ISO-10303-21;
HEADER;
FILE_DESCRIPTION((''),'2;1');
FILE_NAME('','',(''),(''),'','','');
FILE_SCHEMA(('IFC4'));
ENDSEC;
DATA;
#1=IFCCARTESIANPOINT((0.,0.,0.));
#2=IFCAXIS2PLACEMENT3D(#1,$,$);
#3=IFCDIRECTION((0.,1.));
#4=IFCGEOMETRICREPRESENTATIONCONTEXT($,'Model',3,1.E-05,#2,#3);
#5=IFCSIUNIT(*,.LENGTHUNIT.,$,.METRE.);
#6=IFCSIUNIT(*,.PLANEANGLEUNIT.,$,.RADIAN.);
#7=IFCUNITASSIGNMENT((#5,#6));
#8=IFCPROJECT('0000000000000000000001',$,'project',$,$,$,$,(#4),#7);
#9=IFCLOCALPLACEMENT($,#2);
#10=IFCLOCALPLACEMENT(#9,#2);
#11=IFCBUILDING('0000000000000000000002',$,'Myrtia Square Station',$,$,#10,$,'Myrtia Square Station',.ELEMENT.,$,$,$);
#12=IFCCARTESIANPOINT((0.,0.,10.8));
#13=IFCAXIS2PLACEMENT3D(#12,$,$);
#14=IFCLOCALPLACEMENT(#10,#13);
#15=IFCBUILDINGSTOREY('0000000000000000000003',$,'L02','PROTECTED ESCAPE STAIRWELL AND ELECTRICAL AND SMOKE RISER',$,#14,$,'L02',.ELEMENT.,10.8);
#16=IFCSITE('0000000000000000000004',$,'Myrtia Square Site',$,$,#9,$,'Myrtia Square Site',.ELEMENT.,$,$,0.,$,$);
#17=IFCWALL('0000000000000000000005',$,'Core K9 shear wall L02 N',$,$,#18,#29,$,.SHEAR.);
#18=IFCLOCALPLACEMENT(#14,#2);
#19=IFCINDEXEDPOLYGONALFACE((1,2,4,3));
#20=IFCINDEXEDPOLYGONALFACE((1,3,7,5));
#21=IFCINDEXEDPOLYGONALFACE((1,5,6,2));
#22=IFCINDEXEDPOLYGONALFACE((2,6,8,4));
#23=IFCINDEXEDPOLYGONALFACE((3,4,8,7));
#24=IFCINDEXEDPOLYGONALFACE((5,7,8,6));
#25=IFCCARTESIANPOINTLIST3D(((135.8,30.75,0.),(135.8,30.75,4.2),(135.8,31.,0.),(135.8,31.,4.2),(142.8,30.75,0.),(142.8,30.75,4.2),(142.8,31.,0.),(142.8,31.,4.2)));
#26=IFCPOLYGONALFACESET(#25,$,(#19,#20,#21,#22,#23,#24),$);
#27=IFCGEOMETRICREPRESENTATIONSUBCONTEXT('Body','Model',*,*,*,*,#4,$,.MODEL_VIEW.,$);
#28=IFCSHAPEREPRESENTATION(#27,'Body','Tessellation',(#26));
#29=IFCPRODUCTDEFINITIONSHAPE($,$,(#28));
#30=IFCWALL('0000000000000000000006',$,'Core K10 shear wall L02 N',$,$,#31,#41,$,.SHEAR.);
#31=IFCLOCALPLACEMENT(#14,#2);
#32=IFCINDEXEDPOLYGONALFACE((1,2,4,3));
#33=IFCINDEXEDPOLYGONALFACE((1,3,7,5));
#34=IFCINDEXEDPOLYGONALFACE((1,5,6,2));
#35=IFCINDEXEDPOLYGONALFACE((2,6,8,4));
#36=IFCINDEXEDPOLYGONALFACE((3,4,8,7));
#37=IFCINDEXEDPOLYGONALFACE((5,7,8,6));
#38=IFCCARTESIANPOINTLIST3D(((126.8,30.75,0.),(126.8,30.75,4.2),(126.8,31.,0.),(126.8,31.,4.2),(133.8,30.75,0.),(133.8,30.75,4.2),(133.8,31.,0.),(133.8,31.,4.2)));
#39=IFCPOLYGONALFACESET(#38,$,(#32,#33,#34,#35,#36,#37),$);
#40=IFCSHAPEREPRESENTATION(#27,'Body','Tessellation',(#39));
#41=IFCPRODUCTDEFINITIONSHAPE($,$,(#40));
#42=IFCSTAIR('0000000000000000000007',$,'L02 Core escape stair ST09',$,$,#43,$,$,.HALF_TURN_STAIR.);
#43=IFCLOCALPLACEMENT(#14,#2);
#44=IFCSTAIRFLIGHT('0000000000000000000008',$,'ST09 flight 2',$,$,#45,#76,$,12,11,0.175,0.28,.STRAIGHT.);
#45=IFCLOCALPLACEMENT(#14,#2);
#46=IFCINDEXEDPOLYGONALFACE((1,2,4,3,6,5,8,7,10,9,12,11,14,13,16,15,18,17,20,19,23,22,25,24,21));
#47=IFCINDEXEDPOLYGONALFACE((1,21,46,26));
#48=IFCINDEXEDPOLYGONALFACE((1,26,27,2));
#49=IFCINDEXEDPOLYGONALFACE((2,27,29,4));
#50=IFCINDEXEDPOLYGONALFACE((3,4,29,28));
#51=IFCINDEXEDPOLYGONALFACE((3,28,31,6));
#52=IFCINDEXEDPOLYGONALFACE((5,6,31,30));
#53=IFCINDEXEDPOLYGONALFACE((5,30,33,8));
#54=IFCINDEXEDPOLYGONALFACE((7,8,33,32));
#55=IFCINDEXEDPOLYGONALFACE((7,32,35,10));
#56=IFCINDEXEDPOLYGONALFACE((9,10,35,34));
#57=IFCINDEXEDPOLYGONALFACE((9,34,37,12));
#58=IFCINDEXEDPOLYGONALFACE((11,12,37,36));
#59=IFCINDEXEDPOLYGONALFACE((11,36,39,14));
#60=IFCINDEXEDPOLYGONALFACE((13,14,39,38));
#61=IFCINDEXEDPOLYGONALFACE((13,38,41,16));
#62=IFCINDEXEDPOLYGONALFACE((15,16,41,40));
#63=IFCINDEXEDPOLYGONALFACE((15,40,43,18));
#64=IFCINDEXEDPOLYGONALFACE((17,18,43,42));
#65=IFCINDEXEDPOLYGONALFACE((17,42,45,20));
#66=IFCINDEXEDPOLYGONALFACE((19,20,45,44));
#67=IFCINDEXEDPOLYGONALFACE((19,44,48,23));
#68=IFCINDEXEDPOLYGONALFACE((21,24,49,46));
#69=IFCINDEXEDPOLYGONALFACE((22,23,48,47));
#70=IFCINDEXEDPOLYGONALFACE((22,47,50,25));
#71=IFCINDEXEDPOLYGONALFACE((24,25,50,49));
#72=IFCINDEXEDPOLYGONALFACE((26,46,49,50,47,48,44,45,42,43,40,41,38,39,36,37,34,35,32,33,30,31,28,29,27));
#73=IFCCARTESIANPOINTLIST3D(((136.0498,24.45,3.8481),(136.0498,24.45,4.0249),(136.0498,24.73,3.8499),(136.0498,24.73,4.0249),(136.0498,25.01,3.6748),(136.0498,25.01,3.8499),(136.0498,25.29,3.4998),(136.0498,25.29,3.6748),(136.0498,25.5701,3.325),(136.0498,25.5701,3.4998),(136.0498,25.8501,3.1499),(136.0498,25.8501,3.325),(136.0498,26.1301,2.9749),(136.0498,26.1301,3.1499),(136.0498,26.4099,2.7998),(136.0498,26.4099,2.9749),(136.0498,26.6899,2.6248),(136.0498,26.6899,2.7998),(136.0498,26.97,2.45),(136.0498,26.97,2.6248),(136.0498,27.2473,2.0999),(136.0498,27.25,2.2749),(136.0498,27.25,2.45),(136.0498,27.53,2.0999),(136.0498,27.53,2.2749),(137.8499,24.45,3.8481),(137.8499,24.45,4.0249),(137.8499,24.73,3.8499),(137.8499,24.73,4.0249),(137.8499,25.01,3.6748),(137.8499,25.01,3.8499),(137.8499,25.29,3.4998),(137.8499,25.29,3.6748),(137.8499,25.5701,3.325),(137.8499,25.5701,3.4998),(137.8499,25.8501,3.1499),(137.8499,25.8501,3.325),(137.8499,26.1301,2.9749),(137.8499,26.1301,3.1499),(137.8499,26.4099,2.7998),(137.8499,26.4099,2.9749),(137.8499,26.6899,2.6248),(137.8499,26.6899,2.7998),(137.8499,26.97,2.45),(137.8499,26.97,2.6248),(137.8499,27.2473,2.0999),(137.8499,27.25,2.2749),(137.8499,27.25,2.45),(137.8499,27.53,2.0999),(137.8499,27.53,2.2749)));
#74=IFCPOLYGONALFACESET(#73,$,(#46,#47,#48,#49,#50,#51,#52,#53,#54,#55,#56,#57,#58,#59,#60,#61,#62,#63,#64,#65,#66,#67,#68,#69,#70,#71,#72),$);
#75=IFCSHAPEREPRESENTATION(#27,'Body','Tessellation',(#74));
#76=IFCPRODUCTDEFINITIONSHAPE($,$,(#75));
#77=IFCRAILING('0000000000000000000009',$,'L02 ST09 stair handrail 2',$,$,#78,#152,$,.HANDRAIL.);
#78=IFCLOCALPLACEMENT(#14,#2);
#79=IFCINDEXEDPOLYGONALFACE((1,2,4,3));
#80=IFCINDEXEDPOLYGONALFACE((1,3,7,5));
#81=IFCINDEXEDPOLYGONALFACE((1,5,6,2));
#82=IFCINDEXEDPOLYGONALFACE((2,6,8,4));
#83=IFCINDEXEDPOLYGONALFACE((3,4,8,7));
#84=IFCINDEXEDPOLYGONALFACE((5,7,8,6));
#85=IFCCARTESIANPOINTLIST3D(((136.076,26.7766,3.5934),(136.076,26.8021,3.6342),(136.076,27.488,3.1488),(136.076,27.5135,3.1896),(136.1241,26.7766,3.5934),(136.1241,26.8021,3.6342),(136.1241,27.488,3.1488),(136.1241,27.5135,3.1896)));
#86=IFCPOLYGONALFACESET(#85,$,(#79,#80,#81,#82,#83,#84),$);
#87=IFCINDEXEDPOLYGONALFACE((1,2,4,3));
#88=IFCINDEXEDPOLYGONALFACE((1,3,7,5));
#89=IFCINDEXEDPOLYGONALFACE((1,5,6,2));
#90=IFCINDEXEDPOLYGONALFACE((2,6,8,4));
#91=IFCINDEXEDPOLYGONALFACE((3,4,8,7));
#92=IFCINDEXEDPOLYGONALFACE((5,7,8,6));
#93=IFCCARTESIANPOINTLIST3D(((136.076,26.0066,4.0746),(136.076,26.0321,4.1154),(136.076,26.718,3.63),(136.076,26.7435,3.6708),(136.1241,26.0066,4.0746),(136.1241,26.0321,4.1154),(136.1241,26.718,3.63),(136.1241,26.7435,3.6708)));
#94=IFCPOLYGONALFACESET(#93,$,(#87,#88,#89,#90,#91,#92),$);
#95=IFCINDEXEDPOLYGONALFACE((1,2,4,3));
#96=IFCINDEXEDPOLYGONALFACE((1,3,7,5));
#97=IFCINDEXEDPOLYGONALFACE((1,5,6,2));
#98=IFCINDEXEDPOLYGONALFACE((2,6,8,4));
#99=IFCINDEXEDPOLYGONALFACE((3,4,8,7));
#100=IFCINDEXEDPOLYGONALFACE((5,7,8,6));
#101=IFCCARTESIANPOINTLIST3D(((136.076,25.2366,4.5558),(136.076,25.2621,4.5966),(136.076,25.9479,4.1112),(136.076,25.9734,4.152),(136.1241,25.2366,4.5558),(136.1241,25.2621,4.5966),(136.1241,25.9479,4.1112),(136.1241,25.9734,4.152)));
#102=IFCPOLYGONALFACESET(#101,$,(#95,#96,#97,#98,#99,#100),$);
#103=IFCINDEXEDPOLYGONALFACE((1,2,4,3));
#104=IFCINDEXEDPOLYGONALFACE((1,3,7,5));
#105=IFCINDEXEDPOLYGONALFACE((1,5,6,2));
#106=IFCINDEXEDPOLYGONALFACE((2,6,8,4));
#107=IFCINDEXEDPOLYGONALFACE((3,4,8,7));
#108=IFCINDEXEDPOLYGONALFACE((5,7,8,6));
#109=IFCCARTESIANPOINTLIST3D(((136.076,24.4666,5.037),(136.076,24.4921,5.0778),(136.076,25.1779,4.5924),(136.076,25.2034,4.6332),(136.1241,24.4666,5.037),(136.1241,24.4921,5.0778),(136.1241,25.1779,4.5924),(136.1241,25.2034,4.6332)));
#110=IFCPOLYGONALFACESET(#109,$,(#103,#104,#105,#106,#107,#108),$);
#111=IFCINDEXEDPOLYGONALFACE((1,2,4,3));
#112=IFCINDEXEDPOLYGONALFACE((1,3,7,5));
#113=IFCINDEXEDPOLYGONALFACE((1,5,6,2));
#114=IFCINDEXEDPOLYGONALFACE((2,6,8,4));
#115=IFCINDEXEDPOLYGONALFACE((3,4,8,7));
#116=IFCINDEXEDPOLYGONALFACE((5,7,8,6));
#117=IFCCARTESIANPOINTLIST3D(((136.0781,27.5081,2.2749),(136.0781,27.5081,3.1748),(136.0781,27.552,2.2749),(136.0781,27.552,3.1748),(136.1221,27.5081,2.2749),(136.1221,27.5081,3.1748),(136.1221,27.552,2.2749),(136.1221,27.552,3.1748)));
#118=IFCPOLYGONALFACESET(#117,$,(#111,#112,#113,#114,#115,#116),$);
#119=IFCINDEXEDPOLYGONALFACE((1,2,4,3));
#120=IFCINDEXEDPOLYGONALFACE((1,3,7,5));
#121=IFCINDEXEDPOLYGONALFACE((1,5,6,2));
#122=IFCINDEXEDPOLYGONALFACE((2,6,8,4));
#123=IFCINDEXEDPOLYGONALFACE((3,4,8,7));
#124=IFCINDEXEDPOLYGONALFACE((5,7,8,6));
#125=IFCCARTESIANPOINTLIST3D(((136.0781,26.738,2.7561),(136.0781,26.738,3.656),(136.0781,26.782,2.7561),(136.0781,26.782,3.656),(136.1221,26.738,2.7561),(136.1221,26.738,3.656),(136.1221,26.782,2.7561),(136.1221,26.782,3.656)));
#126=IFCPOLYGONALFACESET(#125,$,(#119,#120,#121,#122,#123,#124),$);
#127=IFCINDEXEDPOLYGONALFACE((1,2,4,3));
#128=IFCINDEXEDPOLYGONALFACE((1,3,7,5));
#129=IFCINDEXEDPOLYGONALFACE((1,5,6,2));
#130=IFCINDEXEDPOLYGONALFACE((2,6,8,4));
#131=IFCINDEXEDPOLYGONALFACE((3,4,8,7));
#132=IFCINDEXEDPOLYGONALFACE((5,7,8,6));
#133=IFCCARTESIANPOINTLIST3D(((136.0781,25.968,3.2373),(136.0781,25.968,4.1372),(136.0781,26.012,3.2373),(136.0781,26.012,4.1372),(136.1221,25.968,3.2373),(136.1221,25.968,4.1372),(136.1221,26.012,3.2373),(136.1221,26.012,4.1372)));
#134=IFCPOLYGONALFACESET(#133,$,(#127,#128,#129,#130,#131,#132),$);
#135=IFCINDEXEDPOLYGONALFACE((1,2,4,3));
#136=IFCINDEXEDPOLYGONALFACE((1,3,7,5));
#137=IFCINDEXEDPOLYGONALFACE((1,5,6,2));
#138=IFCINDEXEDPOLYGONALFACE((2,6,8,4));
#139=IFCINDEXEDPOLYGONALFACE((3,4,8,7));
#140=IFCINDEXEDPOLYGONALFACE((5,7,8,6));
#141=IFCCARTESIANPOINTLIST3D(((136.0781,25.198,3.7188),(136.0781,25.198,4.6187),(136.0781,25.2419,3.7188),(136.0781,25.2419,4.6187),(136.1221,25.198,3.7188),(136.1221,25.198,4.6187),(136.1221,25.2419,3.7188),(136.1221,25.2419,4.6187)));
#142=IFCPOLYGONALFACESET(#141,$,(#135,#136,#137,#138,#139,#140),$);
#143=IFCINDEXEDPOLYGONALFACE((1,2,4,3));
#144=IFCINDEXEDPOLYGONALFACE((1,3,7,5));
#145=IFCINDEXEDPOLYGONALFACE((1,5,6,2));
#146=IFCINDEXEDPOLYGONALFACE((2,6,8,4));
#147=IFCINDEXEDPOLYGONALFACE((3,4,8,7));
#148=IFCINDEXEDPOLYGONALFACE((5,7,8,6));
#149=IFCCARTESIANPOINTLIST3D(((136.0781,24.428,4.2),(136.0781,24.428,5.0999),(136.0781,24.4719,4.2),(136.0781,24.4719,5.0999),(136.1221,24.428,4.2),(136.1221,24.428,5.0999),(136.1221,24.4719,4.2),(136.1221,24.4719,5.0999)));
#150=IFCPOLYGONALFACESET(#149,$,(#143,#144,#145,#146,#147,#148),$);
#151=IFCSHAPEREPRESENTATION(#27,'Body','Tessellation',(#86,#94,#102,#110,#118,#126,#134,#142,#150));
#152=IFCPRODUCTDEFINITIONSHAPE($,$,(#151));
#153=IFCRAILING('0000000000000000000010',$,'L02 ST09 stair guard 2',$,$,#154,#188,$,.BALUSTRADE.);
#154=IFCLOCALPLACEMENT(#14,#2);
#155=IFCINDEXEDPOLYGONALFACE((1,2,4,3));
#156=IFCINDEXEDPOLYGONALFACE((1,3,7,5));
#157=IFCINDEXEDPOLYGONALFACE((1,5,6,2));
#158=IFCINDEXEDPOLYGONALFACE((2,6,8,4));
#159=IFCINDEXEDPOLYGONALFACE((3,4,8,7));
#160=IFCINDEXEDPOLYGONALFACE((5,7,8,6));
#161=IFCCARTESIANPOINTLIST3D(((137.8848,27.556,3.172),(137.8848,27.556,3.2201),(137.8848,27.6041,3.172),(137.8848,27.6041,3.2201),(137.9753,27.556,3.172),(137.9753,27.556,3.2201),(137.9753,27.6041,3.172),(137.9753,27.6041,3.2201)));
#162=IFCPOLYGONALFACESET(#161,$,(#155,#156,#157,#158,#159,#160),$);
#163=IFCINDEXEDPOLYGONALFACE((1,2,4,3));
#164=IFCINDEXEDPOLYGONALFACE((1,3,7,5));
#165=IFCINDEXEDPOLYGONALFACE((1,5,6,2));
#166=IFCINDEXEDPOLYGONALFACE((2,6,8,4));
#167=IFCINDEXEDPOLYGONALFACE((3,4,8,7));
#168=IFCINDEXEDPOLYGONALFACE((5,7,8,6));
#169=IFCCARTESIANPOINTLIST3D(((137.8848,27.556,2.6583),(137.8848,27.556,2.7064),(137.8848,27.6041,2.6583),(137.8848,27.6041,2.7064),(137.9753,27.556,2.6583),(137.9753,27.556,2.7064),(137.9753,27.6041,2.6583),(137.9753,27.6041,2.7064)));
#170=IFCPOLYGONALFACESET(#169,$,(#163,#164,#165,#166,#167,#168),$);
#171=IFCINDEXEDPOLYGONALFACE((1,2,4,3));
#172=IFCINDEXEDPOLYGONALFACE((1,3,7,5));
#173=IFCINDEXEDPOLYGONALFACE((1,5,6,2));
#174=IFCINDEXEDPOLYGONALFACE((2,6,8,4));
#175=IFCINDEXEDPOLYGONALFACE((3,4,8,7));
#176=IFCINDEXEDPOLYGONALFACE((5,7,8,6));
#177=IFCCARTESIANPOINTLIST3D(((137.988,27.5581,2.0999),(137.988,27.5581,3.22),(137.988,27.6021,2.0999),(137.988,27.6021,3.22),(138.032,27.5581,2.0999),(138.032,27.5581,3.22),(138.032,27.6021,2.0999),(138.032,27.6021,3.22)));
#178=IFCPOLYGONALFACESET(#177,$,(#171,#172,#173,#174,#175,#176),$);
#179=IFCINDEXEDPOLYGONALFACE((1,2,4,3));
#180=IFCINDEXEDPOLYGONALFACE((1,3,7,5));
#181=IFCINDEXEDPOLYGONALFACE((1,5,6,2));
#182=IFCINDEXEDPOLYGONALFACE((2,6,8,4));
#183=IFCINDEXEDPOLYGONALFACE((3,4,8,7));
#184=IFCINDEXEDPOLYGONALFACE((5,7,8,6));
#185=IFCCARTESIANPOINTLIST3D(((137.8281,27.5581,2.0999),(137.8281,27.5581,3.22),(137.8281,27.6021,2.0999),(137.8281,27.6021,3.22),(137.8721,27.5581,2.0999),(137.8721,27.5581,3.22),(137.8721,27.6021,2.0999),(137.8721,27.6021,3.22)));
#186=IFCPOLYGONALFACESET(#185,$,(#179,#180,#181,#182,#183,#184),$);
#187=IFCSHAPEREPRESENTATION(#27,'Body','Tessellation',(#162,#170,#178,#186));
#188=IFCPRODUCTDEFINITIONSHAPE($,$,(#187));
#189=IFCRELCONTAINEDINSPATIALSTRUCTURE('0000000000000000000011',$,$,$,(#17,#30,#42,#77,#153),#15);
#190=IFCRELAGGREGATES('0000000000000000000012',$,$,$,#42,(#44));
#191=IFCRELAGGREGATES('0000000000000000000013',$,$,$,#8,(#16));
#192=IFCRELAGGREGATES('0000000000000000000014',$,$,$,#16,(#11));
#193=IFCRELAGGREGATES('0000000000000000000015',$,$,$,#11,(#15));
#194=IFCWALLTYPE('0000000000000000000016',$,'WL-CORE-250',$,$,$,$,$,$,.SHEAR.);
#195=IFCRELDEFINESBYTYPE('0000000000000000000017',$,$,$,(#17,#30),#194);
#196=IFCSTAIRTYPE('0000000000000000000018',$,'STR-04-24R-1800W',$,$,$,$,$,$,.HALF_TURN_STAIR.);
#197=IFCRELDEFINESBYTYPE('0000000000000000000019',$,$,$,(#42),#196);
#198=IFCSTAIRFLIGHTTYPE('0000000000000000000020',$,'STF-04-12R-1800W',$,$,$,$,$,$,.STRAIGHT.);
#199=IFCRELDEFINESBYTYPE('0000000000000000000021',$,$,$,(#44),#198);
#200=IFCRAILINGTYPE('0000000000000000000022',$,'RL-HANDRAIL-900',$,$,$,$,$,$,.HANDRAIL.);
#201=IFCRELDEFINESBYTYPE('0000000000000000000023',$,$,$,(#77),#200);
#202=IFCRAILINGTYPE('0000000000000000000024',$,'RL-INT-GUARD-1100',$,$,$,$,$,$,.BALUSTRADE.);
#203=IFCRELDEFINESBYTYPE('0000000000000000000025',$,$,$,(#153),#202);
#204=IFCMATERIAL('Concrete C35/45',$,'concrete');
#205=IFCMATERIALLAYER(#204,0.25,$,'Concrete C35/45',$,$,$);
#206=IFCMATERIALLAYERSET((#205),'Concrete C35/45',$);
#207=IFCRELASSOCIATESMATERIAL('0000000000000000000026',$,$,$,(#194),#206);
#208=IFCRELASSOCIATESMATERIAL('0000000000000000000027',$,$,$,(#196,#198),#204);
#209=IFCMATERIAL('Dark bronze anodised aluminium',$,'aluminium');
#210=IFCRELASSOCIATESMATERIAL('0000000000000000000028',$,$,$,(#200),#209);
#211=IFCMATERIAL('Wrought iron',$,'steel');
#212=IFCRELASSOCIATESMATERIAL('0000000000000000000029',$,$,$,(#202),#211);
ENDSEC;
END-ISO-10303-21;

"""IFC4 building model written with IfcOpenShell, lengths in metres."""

from ifc_helpers import new_model, si_unit, direction, frame, frame_2d, origin, origin_2d, place, context, subcontext, project, spatial, polyline, rectangle, outline, extrude, material, layer, layer_set, type_object, element, aggregate, save


model = new_model("IFC4")

# Units and contexts
model_context = context("Model", 3, precision=1e-05, world=origin(), true_north=direction((0.0, 1.0)))
body_context = subcontext(model_context, "Body", "Model", "MODEL_VIEW")
ifc_project = project(units=[si_unit("LENGTHUNIT", "METRE"), si_unit("PLANEANGLEUNIT", "RADIAN")], contexts=[model_context])

# Site, building, storey
site_placement = place(None, origin())
site = spatial("IfcSite", under=ifc_project, at=site_placement, Name="Myrtia Square Site", LongName="Myrtia Square Site", CompositionType="ELEMENT", RefElevation=0.0)
building_placement = place(site_placement, origin())
building = spatial("IfcBuilding", under=site, at=building_placement, Name="Myrtia Square Station", LongName="Myrtia Square Station", CompositionType="ELEMENT")
storey_placement = place(building_placement, frame((0.0, 0.0, 10.8)))
storey = spatial("IfcBuildingStorey", under=building, at=storey_placement, Name="L02", Description="PROTECTED ESCAPE STAIRWELL AND ELECTRICAL AND SMOKE RISER", LongName="L02", CompositionType="ELEMENT", Elevation=10.8)

# Shared definitions
ifc_material_1 = material(Name="Dark bronze anodised aluminium", Category="aluminium")

# Walls
ifc_material_2 = material(Name="Concrete C35/45", Category="concrete")
ifc_layer_1 = layer(ifc_material_2, 0.25, Name="Concrete C35/45")
ifc_layer_set_1 = layer_set([ifc_layer_1], Name="Concrete C35/45")
wall_type = type_object("IfcWallType", Name="WL-CORE-250", PredefinedType="SHEAR", material=ifc_layer_set_1)
for number, where, z_axis, x_axis, name in (
    (1, (135.8, 30.875, 0.0), (0.0, 0.0, 1.0), (1.0, 0.0, 0.0), "Core K9 shear wall L02 N"),
    (2, (126.8, 30.875, 0.0), (0.0, 0.0, 1.0), (1.0, 0.0, 0.0), "Core K10 shear wall L02 N"),
):
    element("IfcWall", number, at=place(storey_placement, frame(where, z_axis=z_axis, x_axis=x_axis)), inside=storey, type_object=wall_type, Name=name, PredefinedType="SHEAR", context=body_context, shape_type="SweptSolid", body=[
        extrude(rectangle(XDim=7.0, YDim=0.25, at=frame_2d((3.5, 0.0))), origin(), (0.0, 0.0, 1.0), 4.2),
    ])

# Stair, stair flight
stair_type = type_object("IfcStairType", Name="STR-04-24R-1800W", PredefinedType="HALF_TURN_STAIR", material=ifc_material_2)
stair_placement = place(storey_placement, origin())
stair = element("IfcStair", 3, at=stair_placement, inside=storey, type_object=stair_type, Name="L02 Core escape stair ST09", PredefinedType="HALF_TURN_STAIR")
stair_flight_type = type_object("IfcStairFlightType", Name="STF-04-12R-1800W", PredefinedType="STRAIGHT", material=ifc_material_2)
stair_flight_placement = place(storey_placement, frame((136.95, 27.53, 2.0999), z_axis=(0.0, 0.0, 1.0), x_axis=(0.0, -1.0, 0.0)))
stair_flight = element("IfcStairFlight", 4, at=stair_flight_placement, type_object=stair_flight_type, Name="ST09 flight 2", NumberOfRisers=12, NumberOfTreads=11, PredefinedType="STRAIGHT", RiserHeight=0.175, TreadLength=0.28, context=body_context, shape_type="SweptSolid", body=[
    extrude(outline(polyline([(0.0, 0.0), (0.0, 0.175), (0.28, 0.175), (0.28, 0.3501), (0.5601, 0.3501), (0.5601, 0.5249), (0.8401, 0.5249), (0.8401, 0.7), (1.1201, 0.7), (1.1201, 0.875), (1.3999, 0.875), (1.3999, 1.05), (1.6799, 1.05), (1.6799, 1.2251), (1.96, 1.2251), (1.96, 1.3999), (2.24, 1.3999), (2.24, 1.575), (2.52, 1.575), (2.52, 1.75), (2.8, 1.75), (2.8, 1.925), (3.0801, 1.925), (3.0801, 2.1001), (3.0801, 1.7483), (0.2827, 0.0), (0.0, 0.0)])), frame((0.0, 0.8999, 0.0), z_axis=(0.0, -1.0, 0.0), x_axis=(1.0, 0.0, 0.0)), (0.0, 0.0, 1.0), 1.8),
])
aggregate(stair, [stair_flight])

# Railings
railing_type_1 = type_object("IfcRailingType", Name="RL-HANDRAIL-900", PredefinedType="HANDRAIL", material=ifc_material_1)
railing_1_placement = place(storey_placement, frame((136.1001, 27.53, 2.2749)))
element("IfcRailing", 5, at=railing_1_placement, inside=storey, type_object=railing_type_1, Name="L02 ST09 stair handrail 2", PredefinedType="HANDRAIL", context=body_context, shape_type="SweptSolid", body=[
    extrude(rectangle(XDim=0.0481, YDim=0.0481, at=origin_2d()), frame((0.0, -0.0293, 0.8943), z_axis=(0.0, -0.847998, 0.529999), x_axis=(1.0, 0.0, 0.0)), (0.0, 0.0, 1.0), 0.8389),
    extrude(rectangle(XDim=0.0481, YDim=0.0481, at=origin_2d()), frame((0.0, -0.7993, 1.3755), z_axis=(0.0, -0.847998, 0.529999), x_axis=(1.0, 0.0, 0.0)), (0.0, 0.0, 1.0), 0.8389),
    extrude(rectangle(XDim=0.0481, YDim=0.0481, at=origin_2d()), frame((0.0, -1.5693, 1.8567), z_axis=(0.0, -0.847998, 0.529999), x_axis=(1.0, 0.0, 0.0)), (0.0, 0.0, 1.0), 0.8389),
    extrude(rectangle(XDim=0.0481, YDim=0.0481, at=origin_2d()), frame((0.0, -2.3394, 2.3379), z_axis=(0.0, -0.847998, 0.529999), x_axis=(1.0, 0.0, 0.0)), (0.0, 0.0, 1.0), 0.8389),
    extrude(rectangle(XDim=0.0439, YDim=0.0439, at=origin_2d()), origin(), (0.0, 0.0, 1.0), 0.8999),
    extrude(rectangle(XDim=0.0439, YDim=0.0439, at=origin_2d()), frame((0.0, -0.77, 0.4812)), (0.0, 0.0, 1.0), 0.8999),
    extrude(rectangle(XDim=0.0439, YDim=0.0439, at=origin_2d()), frame((0.0, -1.54, 0.9624)), (0.0, 0.0, 1.0), 0.8999),
    extrude(rectangle(XDim=0.0439, YDim=0.0439, at=origin_2d()), frame((0.0, -2.3101, 1.4438)), (0.0, 0.0, 1.0), 0.8999),
    extrude(rectangle(XDim=0.0439, YDim=0.0439, at=origin_2d()), frame((0.0, -3.0801, 1.925)), (0.0, 0.0, 1.0), 0.8999),
])
ifc_material_3 = material(Name="Wrought iron", Category="steel")
railing_type_2 = type_object("IfcRailingType", Name="RL-INT-GUARD-1100", PredefinedType="BALUSTRADE", material=ifc_material_3)
railing_2_placement = place(storey_placement, frame((138.01, 27.5801, 2.0999)))
element("IfcRailing", 6, at=railing_2_placement, inside=storey, type_object=railing_type_2, Name="L02 ST09 stair guard 2", PredefinedType="BALUSTRADE", context=body_context, shape_type="SweptSolid", body=[
    extrude(rectangle(XDim=0.0481, YDim=0.0481, at=origin_2d()), frame((-0.0347, 0.0, 1.0962), z_axis=(-1.0, 0.0, 0.0), x_axis=(0.0, -1.0, 0.0)), (0.0, 0.0, 1.0), 0.0906),
    extrude(rectangle(XDim=0.0481, YDim=0.0481, at=origin_2d()), frame((-0.0347, 0.0, 0.5825), z_axis=(-1.0, 0.0, 0.0), x_axis=(0.0, -1.0, 0.0)), (0.0, 0.0, 1.0), 0.0906),
    extrude(rectangle(XDim=0.0439, YDim=0.0439, at=origin_2d()), origin(), (0.0, 0.0, 1.0), 1.1201),
    extrude(rectangle(XDim=0.0439, YDim=0.0439, at=origin_2d()), frame((-0.1599, 0.0, 0.0)), (0.0, 0.0, 1.0), 1.1201),
])

save(model, "model.ifc")
